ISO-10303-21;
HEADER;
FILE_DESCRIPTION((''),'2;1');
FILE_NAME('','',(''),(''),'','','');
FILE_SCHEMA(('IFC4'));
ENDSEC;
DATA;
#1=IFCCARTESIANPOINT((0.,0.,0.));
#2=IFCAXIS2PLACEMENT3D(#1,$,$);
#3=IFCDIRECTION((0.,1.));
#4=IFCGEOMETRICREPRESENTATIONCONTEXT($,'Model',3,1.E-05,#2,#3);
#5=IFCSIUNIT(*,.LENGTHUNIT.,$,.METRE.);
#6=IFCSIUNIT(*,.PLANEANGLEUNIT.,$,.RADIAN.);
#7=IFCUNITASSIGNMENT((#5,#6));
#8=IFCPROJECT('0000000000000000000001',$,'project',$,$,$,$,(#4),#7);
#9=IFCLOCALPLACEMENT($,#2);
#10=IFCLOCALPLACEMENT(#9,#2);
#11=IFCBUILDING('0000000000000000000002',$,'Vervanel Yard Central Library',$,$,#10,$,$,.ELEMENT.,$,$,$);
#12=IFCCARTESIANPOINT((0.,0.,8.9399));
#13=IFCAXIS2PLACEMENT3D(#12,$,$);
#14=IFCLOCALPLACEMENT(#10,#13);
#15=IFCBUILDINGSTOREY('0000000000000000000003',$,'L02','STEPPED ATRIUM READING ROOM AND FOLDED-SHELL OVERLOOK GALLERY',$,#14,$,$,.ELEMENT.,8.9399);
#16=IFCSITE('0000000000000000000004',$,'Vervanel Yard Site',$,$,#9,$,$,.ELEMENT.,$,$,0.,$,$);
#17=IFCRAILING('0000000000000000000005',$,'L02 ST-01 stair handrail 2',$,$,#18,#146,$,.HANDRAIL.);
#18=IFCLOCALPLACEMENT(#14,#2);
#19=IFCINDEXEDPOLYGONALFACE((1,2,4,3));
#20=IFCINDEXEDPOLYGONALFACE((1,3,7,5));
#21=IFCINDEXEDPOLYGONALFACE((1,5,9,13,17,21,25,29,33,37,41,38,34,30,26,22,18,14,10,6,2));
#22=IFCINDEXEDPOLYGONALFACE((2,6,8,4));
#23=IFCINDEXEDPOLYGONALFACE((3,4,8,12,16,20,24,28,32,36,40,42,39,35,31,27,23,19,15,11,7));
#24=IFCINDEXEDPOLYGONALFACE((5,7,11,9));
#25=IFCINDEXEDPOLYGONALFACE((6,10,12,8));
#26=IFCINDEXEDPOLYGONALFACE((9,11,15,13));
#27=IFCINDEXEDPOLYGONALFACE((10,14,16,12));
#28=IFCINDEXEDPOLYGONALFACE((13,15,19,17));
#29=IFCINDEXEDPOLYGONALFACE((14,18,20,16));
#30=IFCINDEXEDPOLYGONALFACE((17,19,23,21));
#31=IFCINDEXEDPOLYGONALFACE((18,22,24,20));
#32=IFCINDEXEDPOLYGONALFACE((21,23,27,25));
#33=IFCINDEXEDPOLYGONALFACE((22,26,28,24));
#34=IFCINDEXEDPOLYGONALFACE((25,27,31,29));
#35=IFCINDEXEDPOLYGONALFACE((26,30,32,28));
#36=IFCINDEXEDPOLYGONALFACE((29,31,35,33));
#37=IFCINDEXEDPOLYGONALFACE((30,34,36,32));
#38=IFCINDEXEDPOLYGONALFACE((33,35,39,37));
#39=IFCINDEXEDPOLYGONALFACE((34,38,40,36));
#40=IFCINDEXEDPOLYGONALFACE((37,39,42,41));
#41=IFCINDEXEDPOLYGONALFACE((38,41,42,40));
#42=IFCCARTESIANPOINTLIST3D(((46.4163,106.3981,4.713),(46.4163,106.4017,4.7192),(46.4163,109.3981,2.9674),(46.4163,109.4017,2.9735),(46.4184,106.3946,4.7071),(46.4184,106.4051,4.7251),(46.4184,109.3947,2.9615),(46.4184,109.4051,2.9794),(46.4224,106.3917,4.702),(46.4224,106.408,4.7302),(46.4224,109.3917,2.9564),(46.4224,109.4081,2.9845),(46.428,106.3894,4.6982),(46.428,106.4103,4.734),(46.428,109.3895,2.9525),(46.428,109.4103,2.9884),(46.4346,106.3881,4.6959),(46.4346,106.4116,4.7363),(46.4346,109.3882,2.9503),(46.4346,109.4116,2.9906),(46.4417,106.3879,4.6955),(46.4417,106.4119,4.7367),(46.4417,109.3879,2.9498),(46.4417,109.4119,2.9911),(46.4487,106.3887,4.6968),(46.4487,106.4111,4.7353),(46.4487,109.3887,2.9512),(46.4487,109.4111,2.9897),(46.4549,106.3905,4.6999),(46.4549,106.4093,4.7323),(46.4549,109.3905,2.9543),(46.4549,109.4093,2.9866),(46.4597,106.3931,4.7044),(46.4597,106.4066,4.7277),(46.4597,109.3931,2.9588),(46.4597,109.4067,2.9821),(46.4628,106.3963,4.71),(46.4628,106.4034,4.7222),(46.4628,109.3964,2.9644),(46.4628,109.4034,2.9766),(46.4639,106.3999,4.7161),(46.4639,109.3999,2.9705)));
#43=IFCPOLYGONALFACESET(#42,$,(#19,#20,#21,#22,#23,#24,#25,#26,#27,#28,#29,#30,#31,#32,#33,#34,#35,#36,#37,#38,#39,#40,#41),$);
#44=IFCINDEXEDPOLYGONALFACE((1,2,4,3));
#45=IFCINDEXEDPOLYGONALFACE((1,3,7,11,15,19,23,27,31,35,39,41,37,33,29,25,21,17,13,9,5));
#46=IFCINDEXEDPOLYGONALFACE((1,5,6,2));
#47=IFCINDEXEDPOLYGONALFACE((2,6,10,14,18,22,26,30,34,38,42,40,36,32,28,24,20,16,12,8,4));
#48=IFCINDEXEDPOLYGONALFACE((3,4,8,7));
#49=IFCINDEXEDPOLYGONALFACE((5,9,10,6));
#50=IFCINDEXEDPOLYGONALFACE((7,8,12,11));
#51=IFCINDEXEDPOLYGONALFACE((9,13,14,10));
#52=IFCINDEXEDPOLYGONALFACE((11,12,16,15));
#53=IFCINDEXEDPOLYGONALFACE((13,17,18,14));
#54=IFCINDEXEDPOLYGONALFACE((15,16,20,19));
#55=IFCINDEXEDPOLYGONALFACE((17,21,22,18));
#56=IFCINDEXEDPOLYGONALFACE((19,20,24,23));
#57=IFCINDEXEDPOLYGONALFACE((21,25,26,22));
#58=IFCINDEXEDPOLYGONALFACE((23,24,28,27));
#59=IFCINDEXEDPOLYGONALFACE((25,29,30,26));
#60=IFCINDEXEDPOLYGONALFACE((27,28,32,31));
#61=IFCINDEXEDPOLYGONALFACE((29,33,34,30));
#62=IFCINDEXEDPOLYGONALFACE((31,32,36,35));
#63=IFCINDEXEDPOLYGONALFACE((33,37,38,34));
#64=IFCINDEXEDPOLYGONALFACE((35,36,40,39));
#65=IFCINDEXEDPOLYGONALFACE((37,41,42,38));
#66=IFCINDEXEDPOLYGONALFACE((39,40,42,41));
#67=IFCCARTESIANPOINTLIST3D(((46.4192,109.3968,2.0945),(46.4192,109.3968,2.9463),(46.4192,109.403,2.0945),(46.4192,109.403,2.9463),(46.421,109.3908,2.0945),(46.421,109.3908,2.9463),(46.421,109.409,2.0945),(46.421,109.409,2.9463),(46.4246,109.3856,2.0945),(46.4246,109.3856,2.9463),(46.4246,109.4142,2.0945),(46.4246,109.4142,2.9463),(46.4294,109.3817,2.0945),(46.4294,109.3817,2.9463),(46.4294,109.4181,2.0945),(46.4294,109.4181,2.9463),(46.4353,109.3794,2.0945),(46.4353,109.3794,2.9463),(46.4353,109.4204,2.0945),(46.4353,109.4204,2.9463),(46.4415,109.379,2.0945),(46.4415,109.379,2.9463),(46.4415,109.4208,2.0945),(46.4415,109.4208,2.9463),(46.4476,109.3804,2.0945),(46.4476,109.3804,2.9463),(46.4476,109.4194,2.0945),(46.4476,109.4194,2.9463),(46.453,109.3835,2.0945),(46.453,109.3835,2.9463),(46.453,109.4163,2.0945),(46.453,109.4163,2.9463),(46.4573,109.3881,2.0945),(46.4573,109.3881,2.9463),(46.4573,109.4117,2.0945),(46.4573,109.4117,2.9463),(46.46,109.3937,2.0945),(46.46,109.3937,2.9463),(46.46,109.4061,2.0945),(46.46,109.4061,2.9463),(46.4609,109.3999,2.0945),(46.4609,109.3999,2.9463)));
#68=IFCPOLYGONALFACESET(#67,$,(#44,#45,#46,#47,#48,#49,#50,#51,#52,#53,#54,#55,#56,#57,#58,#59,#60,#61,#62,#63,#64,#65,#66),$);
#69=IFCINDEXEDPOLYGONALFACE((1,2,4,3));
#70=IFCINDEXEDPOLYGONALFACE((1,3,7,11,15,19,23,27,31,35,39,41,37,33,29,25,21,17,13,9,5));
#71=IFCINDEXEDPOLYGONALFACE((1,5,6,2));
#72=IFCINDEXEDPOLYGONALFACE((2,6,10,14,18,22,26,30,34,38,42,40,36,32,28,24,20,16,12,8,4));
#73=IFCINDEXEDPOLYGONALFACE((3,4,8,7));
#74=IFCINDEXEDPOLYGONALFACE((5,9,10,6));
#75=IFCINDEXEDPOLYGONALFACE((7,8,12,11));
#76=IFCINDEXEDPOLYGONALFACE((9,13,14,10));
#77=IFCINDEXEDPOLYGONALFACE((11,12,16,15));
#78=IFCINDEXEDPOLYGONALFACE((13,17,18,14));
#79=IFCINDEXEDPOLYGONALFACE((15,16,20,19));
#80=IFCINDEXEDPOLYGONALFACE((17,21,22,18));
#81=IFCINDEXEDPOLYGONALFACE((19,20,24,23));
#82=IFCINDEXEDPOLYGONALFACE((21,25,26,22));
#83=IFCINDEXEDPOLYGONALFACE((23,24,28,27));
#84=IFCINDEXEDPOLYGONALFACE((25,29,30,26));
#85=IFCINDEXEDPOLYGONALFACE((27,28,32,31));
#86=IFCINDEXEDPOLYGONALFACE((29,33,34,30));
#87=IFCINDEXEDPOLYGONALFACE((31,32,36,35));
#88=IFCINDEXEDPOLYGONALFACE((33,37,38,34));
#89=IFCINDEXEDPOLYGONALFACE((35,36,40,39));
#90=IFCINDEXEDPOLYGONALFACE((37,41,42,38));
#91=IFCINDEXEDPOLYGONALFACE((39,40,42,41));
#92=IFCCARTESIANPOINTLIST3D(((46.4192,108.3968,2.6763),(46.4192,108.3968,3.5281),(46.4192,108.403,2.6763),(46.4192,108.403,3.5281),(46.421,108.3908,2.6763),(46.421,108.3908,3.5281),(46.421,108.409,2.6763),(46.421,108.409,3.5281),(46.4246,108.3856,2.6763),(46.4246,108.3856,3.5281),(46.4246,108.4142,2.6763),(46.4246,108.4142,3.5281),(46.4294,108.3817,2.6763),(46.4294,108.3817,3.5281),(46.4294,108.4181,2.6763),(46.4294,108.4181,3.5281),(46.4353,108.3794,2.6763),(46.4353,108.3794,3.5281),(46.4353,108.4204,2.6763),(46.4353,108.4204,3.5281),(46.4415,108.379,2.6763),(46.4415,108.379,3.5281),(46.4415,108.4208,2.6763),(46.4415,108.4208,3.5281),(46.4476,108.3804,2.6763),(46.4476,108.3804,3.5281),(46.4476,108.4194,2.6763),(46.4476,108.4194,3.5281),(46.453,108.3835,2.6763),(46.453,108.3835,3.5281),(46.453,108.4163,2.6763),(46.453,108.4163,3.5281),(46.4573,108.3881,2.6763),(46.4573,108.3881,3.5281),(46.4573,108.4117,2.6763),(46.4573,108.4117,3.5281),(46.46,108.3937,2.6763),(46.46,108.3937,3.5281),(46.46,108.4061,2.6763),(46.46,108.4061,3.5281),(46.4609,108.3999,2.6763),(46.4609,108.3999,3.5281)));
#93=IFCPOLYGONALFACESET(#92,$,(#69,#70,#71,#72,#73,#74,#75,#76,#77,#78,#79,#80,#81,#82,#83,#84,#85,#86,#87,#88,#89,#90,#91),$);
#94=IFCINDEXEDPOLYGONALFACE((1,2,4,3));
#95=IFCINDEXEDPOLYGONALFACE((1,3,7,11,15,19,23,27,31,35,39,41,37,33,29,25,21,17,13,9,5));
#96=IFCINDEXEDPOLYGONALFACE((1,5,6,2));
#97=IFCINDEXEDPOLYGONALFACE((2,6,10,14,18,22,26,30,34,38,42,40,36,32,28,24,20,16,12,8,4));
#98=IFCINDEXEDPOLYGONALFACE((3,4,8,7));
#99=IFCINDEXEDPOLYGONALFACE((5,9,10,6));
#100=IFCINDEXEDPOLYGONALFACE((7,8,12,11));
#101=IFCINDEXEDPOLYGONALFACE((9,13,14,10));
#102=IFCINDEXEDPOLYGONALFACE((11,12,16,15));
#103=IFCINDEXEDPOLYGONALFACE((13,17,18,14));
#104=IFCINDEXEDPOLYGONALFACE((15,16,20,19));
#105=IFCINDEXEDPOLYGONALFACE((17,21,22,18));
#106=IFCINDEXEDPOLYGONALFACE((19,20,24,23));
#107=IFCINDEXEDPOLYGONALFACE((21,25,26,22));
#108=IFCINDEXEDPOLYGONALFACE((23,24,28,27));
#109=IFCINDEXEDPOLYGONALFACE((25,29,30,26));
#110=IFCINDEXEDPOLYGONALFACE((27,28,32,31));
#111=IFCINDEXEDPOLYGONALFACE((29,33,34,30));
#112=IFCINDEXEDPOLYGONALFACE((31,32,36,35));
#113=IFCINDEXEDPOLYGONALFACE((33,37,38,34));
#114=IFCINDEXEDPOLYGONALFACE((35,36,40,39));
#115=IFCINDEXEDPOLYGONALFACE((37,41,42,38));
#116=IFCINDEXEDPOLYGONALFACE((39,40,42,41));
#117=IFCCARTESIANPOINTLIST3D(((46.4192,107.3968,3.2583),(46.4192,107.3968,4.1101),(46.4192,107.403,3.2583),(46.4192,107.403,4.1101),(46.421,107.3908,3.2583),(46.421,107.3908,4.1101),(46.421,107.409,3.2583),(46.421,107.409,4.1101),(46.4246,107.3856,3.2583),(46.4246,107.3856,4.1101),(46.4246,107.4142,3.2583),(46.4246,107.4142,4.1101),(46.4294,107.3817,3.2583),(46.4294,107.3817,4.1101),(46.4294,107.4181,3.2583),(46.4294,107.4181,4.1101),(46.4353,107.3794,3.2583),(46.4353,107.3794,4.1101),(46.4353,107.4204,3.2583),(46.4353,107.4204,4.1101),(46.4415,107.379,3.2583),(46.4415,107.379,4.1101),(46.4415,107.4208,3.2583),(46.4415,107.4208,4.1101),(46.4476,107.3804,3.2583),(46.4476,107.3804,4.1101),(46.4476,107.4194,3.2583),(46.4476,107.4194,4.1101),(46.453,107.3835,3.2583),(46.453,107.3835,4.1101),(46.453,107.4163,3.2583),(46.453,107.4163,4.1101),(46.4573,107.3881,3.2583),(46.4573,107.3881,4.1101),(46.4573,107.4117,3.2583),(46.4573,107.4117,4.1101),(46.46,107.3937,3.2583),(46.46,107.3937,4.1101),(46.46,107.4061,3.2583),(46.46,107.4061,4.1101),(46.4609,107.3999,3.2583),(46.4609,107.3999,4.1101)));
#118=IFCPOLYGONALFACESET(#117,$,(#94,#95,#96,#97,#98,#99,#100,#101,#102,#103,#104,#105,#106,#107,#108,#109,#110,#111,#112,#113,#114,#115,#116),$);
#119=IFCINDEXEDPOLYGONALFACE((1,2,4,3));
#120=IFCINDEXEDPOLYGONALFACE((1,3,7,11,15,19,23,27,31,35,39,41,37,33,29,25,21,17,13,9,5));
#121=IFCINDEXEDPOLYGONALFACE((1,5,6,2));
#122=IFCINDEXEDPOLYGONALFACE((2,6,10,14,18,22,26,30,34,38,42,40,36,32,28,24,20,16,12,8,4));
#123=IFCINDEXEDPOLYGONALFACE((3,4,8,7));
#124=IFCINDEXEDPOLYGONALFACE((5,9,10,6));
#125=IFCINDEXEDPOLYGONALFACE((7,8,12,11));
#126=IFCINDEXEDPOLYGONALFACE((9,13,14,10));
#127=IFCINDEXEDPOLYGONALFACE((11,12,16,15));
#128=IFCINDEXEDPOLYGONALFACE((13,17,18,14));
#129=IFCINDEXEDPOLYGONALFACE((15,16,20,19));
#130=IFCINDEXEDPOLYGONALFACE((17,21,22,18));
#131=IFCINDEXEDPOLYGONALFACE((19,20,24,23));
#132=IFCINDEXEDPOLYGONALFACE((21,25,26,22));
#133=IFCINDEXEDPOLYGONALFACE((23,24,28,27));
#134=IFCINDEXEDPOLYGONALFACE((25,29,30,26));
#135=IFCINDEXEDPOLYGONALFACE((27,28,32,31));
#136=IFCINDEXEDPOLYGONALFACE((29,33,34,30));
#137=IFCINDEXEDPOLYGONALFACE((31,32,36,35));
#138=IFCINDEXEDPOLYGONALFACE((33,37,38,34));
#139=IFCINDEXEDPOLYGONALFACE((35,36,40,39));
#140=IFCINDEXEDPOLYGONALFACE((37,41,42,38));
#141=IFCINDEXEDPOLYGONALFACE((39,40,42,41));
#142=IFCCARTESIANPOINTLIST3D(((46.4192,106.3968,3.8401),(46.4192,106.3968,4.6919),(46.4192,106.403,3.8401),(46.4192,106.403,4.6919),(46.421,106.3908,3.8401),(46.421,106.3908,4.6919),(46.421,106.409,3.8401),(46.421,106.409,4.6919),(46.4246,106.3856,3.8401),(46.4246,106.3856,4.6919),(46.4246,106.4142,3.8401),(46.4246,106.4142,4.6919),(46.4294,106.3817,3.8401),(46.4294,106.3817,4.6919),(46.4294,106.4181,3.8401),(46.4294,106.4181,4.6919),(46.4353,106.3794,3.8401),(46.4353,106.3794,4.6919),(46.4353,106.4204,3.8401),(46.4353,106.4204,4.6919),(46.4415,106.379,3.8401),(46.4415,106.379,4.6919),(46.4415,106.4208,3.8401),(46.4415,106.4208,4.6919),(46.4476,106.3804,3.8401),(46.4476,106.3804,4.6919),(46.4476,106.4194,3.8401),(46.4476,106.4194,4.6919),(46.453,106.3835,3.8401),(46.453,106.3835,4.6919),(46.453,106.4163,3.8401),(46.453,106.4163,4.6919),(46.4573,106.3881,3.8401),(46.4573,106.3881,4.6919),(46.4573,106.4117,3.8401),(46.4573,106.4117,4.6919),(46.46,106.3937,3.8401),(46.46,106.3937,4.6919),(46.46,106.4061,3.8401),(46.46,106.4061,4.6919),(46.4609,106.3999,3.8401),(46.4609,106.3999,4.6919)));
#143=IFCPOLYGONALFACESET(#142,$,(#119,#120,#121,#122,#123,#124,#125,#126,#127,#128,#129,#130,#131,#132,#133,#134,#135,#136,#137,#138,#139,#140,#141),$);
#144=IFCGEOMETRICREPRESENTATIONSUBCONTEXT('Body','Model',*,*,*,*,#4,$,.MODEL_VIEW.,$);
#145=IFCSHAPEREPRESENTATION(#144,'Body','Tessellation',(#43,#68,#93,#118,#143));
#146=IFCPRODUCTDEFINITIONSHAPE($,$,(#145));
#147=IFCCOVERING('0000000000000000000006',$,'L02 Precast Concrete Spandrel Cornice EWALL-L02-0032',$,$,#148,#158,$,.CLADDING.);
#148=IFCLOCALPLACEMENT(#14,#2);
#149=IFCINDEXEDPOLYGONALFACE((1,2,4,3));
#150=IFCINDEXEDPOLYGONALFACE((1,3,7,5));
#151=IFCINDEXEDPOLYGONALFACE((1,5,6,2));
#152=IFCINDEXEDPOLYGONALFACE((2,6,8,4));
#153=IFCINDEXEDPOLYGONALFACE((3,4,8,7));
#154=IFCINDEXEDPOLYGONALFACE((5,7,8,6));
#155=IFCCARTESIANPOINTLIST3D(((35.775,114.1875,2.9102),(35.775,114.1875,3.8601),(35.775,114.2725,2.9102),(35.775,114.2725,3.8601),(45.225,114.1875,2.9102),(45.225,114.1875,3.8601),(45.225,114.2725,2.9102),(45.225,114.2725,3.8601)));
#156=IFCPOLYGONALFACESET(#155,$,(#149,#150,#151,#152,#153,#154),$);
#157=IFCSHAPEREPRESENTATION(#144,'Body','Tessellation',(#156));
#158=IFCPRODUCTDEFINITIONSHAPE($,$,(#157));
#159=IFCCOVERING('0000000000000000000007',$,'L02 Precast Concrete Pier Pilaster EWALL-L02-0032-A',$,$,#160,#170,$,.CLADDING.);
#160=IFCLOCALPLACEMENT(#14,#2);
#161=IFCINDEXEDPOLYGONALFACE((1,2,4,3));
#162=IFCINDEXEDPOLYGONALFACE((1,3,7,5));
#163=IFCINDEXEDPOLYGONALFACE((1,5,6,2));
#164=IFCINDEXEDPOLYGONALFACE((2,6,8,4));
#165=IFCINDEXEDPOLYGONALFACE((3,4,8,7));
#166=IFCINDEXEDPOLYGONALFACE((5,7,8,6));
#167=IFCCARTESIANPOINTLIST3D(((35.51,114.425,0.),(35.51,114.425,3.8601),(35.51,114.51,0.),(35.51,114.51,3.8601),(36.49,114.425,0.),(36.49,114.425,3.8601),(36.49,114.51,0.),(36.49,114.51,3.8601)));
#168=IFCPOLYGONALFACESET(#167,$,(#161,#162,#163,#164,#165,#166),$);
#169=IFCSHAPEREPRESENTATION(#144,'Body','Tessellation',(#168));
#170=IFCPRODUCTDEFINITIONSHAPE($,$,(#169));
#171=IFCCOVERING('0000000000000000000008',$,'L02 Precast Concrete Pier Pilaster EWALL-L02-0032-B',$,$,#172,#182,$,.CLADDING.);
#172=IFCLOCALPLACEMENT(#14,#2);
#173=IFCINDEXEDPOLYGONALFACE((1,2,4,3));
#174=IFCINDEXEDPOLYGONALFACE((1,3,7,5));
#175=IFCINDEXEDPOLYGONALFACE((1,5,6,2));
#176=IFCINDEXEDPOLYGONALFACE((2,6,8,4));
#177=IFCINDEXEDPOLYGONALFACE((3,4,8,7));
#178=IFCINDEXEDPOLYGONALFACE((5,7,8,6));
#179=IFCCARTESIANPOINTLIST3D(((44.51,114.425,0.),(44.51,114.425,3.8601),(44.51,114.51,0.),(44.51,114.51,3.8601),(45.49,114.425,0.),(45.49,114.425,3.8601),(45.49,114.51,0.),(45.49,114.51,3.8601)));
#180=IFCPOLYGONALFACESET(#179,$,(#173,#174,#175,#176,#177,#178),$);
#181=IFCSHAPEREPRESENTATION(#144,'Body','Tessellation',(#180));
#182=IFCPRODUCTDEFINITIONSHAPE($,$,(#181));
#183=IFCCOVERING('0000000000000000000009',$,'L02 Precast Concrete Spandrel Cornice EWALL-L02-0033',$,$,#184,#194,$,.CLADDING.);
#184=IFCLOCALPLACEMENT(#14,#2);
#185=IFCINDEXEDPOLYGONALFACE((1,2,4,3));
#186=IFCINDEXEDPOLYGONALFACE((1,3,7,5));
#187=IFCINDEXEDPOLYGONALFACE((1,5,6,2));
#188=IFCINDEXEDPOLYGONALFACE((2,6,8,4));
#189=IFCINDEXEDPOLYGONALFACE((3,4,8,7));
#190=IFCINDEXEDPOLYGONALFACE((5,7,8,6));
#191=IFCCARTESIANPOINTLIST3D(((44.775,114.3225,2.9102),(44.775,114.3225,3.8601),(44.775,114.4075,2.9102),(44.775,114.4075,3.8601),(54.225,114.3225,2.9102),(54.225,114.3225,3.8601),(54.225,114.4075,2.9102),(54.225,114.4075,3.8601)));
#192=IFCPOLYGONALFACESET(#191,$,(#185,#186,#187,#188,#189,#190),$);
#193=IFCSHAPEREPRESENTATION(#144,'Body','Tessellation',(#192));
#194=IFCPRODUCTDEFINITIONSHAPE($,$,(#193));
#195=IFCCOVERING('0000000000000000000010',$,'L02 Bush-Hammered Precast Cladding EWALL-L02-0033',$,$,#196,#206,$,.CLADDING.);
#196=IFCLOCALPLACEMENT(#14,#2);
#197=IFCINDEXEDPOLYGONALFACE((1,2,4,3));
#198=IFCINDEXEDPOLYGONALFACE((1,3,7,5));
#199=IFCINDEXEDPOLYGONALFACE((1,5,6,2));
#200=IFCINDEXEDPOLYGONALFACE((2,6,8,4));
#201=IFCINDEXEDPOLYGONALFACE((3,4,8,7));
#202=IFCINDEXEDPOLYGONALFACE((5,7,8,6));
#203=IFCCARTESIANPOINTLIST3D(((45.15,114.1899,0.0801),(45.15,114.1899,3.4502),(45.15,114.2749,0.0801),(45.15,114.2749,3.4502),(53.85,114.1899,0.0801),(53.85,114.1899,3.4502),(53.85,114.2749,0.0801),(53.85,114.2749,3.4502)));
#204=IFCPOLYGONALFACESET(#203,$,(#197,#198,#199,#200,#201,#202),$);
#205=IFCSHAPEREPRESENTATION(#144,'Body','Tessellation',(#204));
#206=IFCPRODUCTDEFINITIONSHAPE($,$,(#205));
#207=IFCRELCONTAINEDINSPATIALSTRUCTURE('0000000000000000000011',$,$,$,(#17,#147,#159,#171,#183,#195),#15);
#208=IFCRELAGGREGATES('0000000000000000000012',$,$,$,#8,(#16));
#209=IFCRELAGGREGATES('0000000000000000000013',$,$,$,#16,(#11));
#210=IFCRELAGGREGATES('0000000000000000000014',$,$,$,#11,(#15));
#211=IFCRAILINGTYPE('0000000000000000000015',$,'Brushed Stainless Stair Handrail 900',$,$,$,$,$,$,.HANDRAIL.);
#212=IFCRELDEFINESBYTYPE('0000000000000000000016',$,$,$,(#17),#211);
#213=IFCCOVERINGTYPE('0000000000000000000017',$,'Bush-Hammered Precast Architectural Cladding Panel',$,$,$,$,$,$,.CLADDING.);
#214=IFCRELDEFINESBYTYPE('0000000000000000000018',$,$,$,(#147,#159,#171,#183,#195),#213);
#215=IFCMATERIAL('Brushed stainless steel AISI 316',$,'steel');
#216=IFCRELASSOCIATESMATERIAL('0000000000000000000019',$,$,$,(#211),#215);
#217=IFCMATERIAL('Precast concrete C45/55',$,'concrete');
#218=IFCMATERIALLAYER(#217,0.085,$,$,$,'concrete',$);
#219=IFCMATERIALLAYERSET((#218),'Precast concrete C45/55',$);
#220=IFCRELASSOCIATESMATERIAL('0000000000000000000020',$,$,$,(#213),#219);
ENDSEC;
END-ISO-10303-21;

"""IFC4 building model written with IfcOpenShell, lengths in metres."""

from ifc_helpers import new_model, si_unit, direction, frame, origin, origin_2d, place, context, subcontext, project, spatial, rectangle, circle, extrude, material, layer, layer_set, type_object, element, save


model = new_model("IFC4")

# Units and contexts
model_context = context("Model", 3, precision=1e-05, world=origin(), true_north=direction((0.0, 1.0)))
body_context = subcontext(model_context, "Body", "Model", "MODEL_VIEW")
ifc_project = project(units=[si_unit("LENGTHUNIT", "METRE"), si_unit("PLANEANGLEUNIT", "RADIAN")], contexts=[model_context])

# Site, building, storey
site_placement = place(None, origin())
site = spatial("IfcSite", under=ifc_project, at=site_placement, Name="Vervanel Yard Site", CompositionType="ELEMENT", RefElevation=0.0)
building_placement = place(site_placement, origin())
building = spatial("IfcBuilding", under=site, at=building_placement, Name="Vervanel Yard Central Library", CompositionType="ELEMENT")
storey_placement = place(building_placement, frame((0.0, 0.0, 8.9399)))
storey = spatial("IfcBuildingStorey", under=building, at=storey_placement, Name="L02", Description="STEPPED ATRIUM READING ROOM AND FOLDED-SHELL OVERLOOK GALLERY", CompositionType="ELEMENT", Elevation=8.9399)

# Shared definitions
ifc_material_1 = material(Name="Brushed stainless steel AISI 316", Category="steel")

# Railing
railing_type_1 = type_object("IfcRailingType", Name="Brushed Stainless Stair Handrail 900", PredefinedType="HANDRAIL", material=ifc_material_1)
railing_1_placement = place(storey_placement, frame((46.4399, 109.3999, 2.0945)))
element("IfcRailing", 1, at=railing_1_placement, inside=storey, type_object=railing_type_1, Name="L02 ST-01 stair handrail 2", PredefinedType="HANDRAIL", context=body_context, shape_type="SweptSolid", body=[
    extrude(circle(Radius=0.0239, at=origin_2d()), frame((0.0, 0.0, 0.876), z_axis=(0.0, -0.864329, 0.502926), x_axis=(1.0, 0.0, 0.0)), (0.0, 0.0, 1.0), 3.4709),
    extrude(circle(Radius=0.021, at=origin_2d()), origin(), (0.0, 0.0, 1.0), 0.8518),
    extrude(circle(Radius=0.021, at=origin_2d()), frame((0.0, -1.0, 0.5818)), (0.0, 0.0, 1.0), 0.8518),
    extrude(circle(Radius=0.021, at=origin_2d()), frame((0.0, -2.0, 1.1638)), (0.0, 0.0, 1.0), 0.8518),
    extrude(circle(Radius=0.021, at=origin_2d()), frame((0.0, -3.0, 1.7456)), (0.0, 0.0, 1.0), 0.8518),
])

# Coverings
ifc_material_2 = material(Name="Precast concrete C45/55", Category="concrete")
ifc_layer_1 = layer(ifc_material_2, 0.085, Category="concrete")
ifc_layer_set_1 = layer_set([ifc_layer_1], Name="Precast concrete C45/55")
covering_type = type_object("IfcCoveringType", Name="Bush-Hammered Precast Architectural Cladding Panel", PredefinedType="CLADDING", material=ifc_layer_set_1)
covering_1_placement = place(storey_placement, frame((40.5, 114.23, 2.9102), z_axis=(0.0, 0.0, 1.0), x_axis=(1.0, 0.0, 0.0)))
element("IfcCovering", 2, at=covering_1_placement, inside=storey, type_object=covering_type, Name="L02 Precast Concrete Spandrel Cornice EWALL-L02-0032", PredefinedType="CLADDING", context=body_context, shape_type="SweptSolid", body=[
    extrude(rectangle(XDim=9.45, YDim=0.085, at=origin_2d()), origin(), (0.0, 0.0, 1.0), 0.95),
])
for number, where, z_axis, x_axis, name in (
    (3, (36.0, 114.4675, 0.0), (0.0, 0.0, 1.0), (1.0, 0.0, 0.0), "L02 Precast Concrete Pier Pilaster EWALL-L02-0032-A"),
    (4, (45.0, 114.4675, 0.0), (0.0, 0.0, 1.0), (1.0, 0.0, 0.0), "L02 Precast Concrete Pier Pilaster EWALL-L02-0032-B"),
):
    element("IfcCovering", number, at=place(storey_placement, frame(where, z_axis=z_axis, x_axis=x_axis)), inside=storey, type_object=covering_type, Name=name, PredefinedType="CLADDING", context=body_context, shape_type="SweptSolid", body=[
        extrude(rectangle(XDim=0.98, YDim=0.085, at=origin_2d()), origin(), (0.0, 0.0, 1.0), 3.8601),
    ])
covering_2_placement = place(storey_placement, frame((49.5, 114.365, 2.9102), z_axis=(0.0, 0.0, 1.0), x_axis=(1.0, 0.0, 0.0)))
element("IfcCovering", 5, at=covering_2_placement, inside=storey, type_object=covering_type, Name="L02 Precast Concrete Spandrel Cornice EWALL-L02-0033", PredefinedType="CLADDING", context=body_context, shape_type="SweptSolid", body=[
    extrude(rectangle(XDim=9.45, YDim=0.085, at=origin_2d()), origin(), (0.0, 0.0, 1.0), 0.95),
])
covering_3_placement = place(storey_placement, frame((49.5, 114.2324, 0.0801), z_axis=(0.0, 0.0, 1.0), x_axis=(1.0, 0.0, 0.0)))
element("IfcCovering", 6, at=covering_3_placement, inside=storey, type_object=covering_type, Name="L02 Bush-Hammered Precast Cladding EWALL-L02-0033", PredefinedType="CLADDING", context=body_context, shape_type="SweptSolid", body=[
    extrude(rectangle(XDim=8.7, YDim=0.085, at=origin_2d()), origin(), (0.0, 0.0, 1.0), 3.3701),
])

save(model, "model.ifc")
